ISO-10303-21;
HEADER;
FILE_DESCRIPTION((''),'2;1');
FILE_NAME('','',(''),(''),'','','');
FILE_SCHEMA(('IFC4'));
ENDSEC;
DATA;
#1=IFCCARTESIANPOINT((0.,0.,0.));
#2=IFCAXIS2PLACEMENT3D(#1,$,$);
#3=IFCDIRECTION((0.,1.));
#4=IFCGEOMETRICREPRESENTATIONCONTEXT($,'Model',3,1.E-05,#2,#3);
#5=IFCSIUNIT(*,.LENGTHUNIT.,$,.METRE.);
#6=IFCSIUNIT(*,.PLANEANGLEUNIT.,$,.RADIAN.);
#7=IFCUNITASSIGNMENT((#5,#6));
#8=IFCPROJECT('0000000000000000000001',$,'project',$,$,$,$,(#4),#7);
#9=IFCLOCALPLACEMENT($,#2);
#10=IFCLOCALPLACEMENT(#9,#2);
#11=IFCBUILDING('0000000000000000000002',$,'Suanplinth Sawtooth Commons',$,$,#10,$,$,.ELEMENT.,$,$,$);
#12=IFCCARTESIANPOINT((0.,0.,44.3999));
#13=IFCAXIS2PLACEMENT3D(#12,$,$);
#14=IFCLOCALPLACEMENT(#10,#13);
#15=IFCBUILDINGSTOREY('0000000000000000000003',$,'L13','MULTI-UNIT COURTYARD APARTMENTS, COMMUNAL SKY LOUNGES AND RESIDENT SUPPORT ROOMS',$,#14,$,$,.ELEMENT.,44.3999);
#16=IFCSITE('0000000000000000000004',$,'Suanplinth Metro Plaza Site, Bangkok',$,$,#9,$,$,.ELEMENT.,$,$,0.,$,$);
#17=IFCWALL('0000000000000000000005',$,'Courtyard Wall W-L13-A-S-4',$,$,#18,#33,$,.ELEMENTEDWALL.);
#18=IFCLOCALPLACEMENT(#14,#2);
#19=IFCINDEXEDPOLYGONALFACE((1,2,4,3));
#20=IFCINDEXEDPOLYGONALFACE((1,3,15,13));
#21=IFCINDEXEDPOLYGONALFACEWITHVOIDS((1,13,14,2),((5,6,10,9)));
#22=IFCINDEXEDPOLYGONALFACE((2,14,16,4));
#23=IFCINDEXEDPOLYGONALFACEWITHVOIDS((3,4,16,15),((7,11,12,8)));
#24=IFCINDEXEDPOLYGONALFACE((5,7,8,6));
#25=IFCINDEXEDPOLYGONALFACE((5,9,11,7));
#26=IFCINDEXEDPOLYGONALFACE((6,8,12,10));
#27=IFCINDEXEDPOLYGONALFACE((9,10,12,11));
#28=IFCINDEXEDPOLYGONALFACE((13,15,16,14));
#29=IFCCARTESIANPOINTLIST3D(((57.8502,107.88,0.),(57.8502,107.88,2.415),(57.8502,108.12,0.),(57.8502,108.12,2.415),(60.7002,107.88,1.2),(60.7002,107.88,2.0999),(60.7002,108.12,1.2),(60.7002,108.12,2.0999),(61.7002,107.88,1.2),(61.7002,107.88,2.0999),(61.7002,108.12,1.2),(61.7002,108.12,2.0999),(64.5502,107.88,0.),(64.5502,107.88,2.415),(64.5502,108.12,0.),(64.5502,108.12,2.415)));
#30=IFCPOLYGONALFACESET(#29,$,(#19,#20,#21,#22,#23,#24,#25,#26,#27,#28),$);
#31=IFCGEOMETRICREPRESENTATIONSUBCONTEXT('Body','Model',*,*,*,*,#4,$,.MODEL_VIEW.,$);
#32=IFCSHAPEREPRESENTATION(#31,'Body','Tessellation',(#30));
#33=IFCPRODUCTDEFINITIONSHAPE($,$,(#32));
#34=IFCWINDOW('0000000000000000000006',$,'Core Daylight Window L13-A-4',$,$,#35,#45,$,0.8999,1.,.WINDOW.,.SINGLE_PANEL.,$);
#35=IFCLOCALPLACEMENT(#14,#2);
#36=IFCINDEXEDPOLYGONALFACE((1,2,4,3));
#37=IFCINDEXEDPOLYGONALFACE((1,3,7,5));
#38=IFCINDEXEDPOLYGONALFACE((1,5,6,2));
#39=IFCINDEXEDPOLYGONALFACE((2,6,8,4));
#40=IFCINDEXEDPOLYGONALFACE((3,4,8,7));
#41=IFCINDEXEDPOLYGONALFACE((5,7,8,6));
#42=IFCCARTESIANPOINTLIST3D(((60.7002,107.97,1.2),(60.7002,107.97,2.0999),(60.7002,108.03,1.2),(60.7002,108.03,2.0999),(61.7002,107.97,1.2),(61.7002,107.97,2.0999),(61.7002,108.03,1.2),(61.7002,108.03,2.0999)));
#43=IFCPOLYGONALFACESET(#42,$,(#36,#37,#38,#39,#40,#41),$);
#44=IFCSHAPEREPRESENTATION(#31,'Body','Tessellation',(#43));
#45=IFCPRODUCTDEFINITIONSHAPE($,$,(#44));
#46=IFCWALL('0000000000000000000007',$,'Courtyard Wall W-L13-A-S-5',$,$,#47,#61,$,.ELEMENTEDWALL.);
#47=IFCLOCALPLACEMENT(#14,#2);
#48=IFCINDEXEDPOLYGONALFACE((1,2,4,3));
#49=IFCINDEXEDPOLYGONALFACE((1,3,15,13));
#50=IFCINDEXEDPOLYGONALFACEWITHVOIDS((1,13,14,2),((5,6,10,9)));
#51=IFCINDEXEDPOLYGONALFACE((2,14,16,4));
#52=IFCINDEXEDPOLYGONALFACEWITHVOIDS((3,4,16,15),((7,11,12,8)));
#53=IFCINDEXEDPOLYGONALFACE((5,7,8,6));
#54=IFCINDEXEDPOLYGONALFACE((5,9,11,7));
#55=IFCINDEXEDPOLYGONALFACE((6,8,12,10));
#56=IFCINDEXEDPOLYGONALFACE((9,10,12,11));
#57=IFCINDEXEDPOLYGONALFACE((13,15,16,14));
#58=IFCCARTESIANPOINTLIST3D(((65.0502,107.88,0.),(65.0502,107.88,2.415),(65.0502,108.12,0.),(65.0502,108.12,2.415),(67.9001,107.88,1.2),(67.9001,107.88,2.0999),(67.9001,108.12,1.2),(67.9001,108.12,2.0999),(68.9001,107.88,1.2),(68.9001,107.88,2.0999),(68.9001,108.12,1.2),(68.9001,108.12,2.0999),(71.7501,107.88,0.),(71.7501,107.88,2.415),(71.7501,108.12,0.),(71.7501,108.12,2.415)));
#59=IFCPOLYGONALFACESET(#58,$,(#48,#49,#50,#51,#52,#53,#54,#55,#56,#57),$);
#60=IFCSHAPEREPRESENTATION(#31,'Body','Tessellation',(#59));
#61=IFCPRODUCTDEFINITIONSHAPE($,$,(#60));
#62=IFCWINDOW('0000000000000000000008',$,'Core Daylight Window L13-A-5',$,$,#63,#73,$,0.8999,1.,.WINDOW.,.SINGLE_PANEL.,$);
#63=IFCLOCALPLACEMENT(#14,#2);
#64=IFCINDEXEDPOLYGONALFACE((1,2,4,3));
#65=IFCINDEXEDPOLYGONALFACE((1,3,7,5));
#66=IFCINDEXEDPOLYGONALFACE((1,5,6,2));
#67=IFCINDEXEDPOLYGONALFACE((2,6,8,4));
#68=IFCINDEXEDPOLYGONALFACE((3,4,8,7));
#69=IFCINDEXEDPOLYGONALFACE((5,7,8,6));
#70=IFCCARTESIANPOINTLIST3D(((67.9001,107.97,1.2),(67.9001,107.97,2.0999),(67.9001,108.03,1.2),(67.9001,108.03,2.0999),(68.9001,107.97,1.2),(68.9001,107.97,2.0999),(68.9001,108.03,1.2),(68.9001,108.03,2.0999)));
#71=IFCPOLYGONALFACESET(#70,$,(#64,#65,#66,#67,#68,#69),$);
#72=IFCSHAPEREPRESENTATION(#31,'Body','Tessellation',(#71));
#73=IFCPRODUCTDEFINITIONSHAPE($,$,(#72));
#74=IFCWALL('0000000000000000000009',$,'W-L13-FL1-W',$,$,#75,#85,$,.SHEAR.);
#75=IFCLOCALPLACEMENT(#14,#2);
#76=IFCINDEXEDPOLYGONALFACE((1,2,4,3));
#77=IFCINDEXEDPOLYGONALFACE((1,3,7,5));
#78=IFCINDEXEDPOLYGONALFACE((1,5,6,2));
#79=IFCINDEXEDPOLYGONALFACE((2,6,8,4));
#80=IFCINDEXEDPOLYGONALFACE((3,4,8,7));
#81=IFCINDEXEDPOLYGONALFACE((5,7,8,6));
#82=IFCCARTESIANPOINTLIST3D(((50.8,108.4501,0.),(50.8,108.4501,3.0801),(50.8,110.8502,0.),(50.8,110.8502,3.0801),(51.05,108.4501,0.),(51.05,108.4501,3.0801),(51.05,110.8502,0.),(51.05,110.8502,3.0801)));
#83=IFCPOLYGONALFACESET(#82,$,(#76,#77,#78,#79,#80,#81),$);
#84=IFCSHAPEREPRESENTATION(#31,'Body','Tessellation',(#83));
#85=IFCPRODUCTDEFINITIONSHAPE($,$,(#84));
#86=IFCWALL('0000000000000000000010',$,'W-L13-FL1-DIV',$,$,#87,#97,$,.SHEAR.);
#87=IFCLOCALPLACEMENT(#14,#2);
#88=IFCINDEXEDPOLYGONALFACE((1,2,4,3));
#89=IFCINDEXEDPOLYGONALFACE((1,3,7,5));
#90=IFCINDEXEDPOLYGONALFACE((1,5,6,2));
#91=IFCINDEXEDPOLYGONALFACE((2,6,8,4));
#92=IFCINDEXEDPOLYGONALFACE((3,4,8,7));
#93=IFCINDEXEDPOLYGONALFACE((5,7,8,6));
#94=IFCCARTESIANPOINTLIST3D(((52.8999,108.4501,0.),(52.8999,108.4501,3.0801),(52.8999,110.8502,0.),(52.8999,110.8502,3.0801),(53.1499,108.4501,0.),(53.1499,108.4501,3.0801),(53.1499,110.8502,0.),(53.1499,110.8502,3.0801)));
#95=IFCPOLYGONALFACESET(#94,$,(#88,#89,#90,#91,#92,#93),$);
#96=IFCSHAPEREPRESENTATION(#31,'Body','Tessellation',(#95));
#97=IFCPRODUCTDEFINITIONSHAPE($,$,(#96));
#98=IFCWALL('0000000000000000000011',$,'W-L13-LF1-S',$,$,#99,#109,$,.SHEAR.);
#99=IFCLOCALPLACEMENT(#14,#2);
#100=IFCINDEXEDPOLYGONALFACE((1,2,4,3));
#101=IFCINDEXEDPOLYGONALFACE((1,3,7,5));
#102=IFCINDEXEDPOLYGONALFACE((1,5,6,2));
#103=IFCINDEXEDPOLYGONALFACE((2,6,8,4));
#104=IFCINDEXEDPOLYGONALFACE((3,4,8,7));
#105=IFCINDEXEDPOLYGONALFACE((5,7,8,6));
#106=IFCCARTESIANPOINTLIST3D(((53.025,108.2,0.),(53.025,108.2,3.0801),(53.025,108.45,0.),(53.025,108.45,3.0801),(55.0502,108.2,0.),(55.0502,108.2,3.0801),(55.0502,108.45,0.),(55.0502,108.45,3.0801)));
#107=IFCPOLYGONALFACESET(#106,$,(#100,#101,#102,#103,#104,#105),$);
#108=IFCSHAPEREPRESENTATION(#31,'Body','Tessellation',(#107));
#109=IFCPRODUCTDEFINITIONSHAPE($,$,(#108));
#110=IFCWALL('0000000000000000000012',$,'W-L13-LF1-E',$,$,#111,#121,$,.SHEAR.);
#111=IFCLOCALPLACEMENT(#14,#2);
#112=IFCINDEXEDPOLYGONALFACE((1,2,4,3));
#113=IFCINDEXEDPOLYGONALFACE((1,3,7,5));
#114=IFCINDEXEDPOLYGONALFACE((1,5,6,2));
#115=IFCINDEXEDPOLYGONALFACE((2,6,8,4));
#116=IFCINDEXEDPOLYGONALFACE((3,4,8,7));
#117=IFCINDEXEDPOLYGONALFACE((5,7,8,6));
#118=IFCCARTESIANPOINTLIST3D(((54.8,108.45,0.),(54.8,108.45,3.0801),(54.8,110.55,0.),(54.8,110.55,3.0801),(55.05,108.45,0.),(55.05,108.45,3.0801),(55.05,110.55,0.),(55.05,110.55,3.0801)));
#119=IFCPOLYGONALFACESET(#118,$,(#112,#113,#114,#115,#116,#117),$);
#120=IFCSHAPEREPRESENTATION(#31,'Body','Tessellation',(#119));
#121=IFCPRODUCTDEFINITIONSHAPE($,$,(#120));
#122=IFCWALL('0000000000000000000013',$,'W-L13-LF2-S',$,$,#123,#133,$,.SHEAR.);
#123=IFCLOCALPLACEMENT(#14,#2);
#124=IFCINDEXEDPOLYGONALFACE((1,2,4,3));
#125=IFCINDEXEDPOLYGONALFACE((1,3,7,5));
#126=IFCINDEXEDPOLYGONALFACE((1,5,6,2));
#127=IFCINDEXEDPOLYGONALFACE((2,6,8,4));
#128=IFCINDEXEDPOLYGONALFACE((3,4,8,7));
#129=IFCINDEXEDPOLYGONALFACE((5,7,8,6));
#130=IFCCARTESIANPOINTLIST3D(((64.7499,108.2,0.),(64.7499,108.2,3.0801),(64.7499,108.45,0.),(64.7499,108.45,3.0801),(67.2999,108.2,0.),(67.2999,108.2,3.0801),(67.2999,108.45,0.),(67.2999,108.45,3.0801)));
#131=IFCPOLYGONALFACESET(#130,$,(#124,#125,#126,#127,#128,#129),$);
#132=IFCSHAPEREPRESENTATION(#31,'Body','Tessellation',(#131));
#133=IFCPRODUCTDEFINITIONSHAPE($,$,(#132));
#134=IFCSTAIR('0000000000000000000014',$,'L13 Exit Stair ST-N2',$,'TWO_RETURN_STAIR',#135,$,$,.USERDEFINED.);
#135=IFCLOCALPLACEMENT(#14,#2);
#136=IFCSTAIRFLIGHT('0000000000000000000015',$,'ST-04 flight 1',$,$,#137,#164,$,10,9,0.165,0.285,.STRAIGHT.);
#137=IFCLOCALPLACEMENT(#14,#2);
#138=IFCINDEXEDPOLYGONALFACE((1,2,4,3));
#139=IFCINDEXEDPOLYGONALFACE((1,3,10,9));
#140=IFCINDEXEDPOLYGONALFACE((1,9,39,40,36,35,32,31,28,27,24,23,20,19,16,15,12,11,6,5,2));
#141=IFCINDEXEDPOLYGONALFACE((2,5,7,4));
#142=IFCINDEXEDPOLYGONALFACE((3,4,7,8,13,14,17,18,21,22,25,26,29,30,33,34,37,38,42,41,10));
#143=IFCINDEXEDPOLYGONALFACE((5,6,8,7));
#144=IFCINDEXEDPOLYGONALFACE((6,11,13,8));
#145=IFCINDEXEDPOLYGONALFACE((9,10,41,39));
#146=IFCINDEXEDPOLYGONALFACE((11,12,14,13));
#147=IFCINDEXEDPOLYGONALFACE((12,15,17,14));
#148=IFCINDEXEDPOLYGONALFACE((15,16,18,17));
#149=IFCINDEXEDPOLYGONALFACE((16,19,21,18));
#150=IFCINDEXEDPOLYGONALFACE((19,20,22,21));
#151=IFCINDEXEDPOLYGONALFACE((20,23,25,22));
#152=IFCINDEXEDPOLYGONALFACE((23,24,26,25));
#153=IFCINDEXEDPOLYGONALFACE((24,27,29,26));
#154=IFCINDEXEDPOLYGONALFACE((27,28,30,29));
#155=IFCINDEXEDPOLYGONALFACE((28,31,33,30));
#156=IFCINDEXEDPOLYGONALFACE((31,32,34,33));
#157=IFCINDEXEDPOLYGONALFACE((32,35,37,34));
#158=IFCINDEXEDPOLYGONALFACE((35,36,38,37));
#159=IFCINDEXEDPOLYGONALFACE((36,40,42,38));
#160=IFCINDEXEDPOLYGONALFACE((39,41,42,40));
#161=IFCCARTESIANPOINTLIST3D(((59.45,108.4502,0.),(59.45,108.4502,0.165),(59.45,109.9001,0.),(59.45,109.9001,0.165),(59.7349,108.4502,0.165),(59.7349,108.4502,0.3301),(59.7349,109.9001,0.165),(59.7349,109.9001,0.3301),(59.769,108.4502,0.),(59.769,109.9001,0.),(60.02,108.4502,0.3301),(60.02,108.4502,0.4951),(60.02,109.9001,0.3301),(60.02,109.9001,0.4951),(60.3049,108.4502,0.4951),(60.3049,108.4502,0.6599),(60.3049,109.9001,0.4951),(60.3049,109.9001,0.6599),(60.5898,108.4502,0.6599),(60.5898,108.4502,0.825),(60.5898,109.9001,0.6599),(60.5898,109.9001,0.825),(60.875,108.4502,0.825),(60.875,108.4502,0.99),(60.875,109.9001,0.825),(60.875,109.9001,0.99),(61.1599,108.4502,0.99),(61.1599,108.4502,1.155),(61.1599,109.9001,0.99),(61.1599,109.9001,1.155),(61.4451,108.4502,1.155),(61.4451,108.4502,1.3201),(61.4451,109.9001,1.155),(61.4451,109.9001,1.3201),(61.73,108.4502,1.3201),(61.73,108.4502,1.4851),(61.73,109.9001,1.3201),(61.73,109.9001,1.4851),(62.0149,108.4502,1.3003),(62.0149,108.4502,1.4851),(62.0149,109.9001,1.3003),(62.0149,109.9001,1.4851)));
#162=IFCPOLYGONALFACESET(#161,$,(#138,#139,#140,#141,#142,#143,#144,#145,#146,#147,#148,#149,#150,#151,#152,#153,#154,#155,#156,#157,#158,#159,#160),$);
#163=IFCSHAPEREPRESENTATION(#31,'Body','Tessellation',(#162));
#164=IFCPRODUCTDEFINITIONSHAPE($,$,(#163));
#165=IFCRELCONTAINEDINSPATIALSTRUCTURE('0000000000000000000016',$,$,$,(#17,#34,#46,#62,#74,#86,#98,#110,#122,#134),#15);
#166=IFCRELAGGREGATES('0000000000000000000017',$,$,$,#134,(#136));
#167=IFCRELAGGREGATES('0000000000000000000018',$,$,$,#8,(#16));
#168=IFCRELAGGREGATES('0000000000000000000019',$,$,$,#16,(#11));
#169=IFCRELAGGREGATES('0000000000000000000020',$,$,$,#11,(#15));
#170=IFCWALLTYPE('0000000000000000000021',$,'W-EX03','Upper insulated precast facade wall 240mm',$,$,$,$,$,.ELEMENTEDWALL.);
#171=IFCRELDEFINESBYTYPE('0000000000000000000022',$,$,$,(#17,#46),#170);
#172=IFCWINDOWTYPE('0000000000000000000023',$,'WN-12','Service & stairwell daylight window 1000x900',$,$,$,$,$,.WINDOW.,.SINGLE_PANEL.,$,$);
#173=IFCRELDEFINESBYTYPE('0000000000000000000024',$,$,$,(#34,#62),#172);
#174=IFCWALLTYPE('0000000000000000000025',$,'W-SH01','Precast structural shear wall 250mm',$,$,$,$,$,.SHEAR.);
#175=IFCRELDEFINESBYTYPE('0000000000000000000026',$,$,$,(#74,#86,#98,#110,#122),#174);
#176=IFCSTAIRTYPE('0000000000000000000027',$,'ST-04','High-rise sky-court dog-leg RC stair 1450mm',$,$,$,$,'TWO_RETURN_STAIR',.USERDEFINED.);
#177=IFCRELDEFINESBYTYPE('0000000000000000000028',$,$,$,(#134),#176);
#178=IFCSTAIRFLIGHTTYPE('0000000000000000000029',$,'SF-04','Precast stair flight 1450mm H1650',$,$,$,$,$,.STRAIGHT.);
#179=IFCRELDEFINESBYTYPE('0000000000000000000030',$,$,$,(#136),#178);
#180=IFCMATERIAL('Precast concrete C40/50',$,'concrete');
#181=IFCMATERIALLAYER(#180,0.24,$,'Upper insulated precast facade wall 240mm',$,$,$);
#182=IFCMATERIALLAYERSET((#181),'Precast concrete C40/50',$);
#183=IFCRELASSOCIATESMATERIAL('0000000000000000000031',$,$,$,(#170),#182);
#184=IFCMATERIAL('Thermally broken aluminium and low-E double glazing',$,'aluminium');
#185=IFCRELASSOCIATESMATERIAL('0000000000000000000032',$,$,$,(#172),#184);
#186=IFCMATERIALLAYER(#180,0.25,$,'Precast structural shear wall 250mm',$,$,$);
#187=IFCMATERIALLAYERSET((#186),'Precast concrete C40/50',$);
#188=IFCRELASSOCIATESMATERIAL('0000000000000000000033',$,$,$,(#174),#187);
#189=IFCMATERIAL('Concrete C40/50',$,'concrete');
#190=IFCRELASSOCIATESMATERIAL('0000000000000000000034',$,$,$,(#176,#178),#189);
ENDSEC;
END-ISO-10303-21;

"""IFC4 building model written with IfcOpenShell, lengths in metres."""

from ifc_helpers import new_model, si_unit, direction, frame, frame_2d, origin, place, context, subcontext, project, spatial, polyline, rectangle, outline, extrude, material, layer, layer_set, type_object, element, fill, aggregate, save


model = new_model("IFC4")

# Units and contexts
model_context = context("Model", 3, precision=1e-05, world=origin(), true_north=direction((0.0, 1.0)))
body_context = subcontext(model_context, "Body", "Model", "MODEL_VIEW")
ifc_project = project(units=[si_unit("LENGTHUNIT", "METRE"), si_unit("PLANEANGLEUNIT", "RADIAN")], contexts=[model_context])

# Site, building, storey
site_placement = place(None, origin())
site = spatial("IfcSite", under=ifc_project, at=site_placement, Name="Suanplinth Metro Plaza Site, Bangkok", CompositionType="ELEMENT", RefElevation=0.0)
building_placement = place(site_placement, origin())
building = spatial("IfcBuilding", under=site, at=building_placement, Name="Suanplinth Sawtooth Commons", CompositionType="ELEMENT")
storey_placement = place(building_placement, frame((0.0, 0.0, 44.3999)))
storey = spatial("IfcBuildingStorey", under=building, at=storey_placement, Name="L13", Description="MULTI-UNIT COURTYARD APARTMENTS, COMMUNAL SKY LOUNGES AND RESIDENT SUPPORT ROOMS", CompositionType="ELEMENT", Elevation=44.3999)

# Shared definitions
ifc_material_1 = material(Name="Precast concrete C40/50", Category="concrete")

# Shared definitions
ifc_material_2 = material(Name="Concrete C40/50", Category="concrete")

# Walls, openings, windows
ifc_layer_1 = layer(ifc_material_1, 0.24, Name="Upper insulated precast facade wall 240mm")
ifc_layer_set_1 = layer_set([ifc_layer_1], Name="Precast concrete C40/50")
wall_type_1 = type_object("IfcWallType", Name="W-EX03", Description="Upper insulated precast facade wall 240mm", PredefinedType="ELEMENTEDWALL", material=ifc_layer_set_1)
ifc_material_3 = material(Name="Thermally broken aluminium and low-E double glazing", Category="aluminium")
window_type = type_object("IfcWindowType", Name="WN-12", Description="Service & stairwell daylight window 1000x900", PartitioningType="SINGLE_PANEL", PredefinedType="WINDOW", material=ifc_material_3)
wall_1_placement = place(storey_placement, frame((57.8501, 108.0, 0.0), z_axis=(0.0, 0.0, 1.0), x_axis=(1.0, 0.0, 0.0)))
wall_1 = element("IfcWall", 1, at=wall_1_placement, inside=storey, type_object=wall_type_1, Name="Courtyard Wall W-L13-A-S-4", PredefinedType="ELEMENTEDWALL", context=body_context, shape_type="SweptSolid", body=[
    extrude(rectangle(XDim=6.7, YDim=0.24, at=frame_2d((3.3501, 0.0))), origin(), (0.0, 0.0, 1.0), 2.415),
])
opening_1_placement = place(wall_1_placement, frame((2.8501, 0.0, 1.2)))
opening_1 = element("IfcOpeningElement", 2, at=opening_1_placement, cuts=wall_1, PredefinedType="OPENING", context=body_context, shape_type="SweptSolid", body=[
    extrude(rectangle(XDim=1.0, YDim=0.8999, at=frame_2d((0.5, 0.45))), frame((0.0, 0.1348, 0.0), z_axis=(0.0, -1.0, 0.0), x_axis=(1.0, 0.0, 0.0)), (0.0, 0.0, 1.0), 0.2698),
])
window_1_placement = place(opening_1_placement, origin())
window_1 = element("IfcWindow", 3, at=window_1_placement, inside=storey, type_object=window_type, Name="Core Daylight Window L13-A-4", OverallHeight=0.8999, OverallWidth=1.0, PartitioningType="SINGLE_PANEL", PredefinedType="WINDOW", context=body_context, shape_type="SweptSolid", body=[
    extrude(rectangle(XDim=1.0, YDim=0.8999, at=frame_2d((0.5, 0.45))), frame((0.0, 0.03, 0.0), z_axis=(0.0, -1.0, 0.0), x_axis=(1.0, 0.0, 0.0)), (0.0, 0.0, 1.0), 0.0601),
])
fill(opening_1, window_1)
wall_2_placement = place(storey_placement, frame((65.05, 108.0, 0.0), z_axis=(0.0, 0.0, 1.0), x_axis=(1.0, 0.0, 0.0)))
wall_2 = element("IfcWall", 4, at=wall_2_placement, inside=storey, type_object=wall_type_1, Name="Courtyard Wall W-L13-A-S-5", PredefinedType="ELEMENTEDWALL", context=body_context, shape_type="SweptSolid", body=[
    extrude(rectangle(XDim=6.7, YDim=0.24, at=frame_2d((3.3501, 0.0))), origin(), (0.0, 0.0, 1.0), 2.415),
])
opening_2_placement = place(wall_2_placement, frame((2.8501, 0.0, 1.2)))
opening_2 = element("IfcOpeningElement", 5, at=opening_2_placement, cuts=wall_2, PredefinedType="OPENING", context=body_context, shape_type="SweptSolid", body=[
    extrude(rectangle(XDim=1.0, YDim=0.8999, at=frame_2d((0.5, 0.45))), frame((0.0, 0.1348, 0.0), z_axis=(0.0, -1.0, 0.0), x_axis=(1.0, 0.0, 0.0)), (0.0, 0.0, 1.0), 0.2698),
])
window_2_placement = place(opening_2_placement, origin())
window_2 = element("IfcWindow", 6, at=window_2_placement, inside=storey, type_object=window_type, Name="Core Daylight Window L13-A-5", OverallHeight=0.8999, OverallWidth=1.0, PartitioningType="SINGLE_PANEL", PredefinedType="WINDOW", context=body_context, shape_type="SweptSolid", body=[
    extrude(rectangle(XDim=1.0, YDim=0.8999, at=frame_2d((0.5, 0.45))), frame((0.0, 0.03, 0.0), z_axis=(0.0, -1.0, 0.0), x_axis=(1.0, 0.0, 0.0)), (0.0, 0.0, 1.0), 0.0601),
])
fill(opening_2, window_2)

# Walls
ifc_layer_2 = layer(ifc_material_1, 0.25, Name="Precast structural shear wall 250mm")
ifc_layer_set_2 = layer_set([ifc_layer_2], Name="Precast concrete C40/50")
wall_type_2 = type_object("IfcWallType", Name="W-SH01", Description="Precast structural shear wall 250mm", PredefinedType="SHEAR", material=ifc_layer_set_2)
for number, where, z_axis, x_axis, name in (
    (7, (50.925, 108.45, 0.0), (0.0, 0.0, 1.0), (0.0, 1.0, 0.0), "W-L13-FL1-W"),
    (8, (53.0249, 108.45, 0.0), (0.0, 0.0, 1.0), (0.0, 1.0, 0.0), "W-L13-FL1-DIV"),
):
    element("IfcWall", number, at=place(storey_placement, frame(where, z_axis=z_axis, x_axis=x_axis)), inside=storey, type_object=wall_type_2, Name=name, PredefinedType="SHEAR", context=body_context, shape_type="SweptSolid", body=[
        extrude(rectangle(XDim=2.4001, YDim=0.25, at=frame_2d((1.2002, 0.0))), origin(), (0.0, 0.0, 1.0), 3.0801),
    ])
wall_3_placement = place(storey_placement, frame((53.0249, 108.325, 0.0), z_axis=(0.0, 0.0, 1.0), x_axis=(1.0, 0.0, 0.0)))
element("IfcWall", 9, at=wall_3_placement, inside=storey, type_object=wall_type_2, Name="W-L13-LF1-S", PredefinedType="SHEAR", context=body_context, shape_type="SweptSolid", body=[
    extrude(rectangle(XDim=2.0251, YDim=0.25, at=frame_2d((1.0127, 0.0))), origin(), (0.0, 0.0, 1.0), 3.0801),
])

# Walls
wall_4_placement = place(storey_placement, frame((54.925, 108.45, 0.0), z_axis=(0.0, 0.0, 1.0), x_axis=(0.0, 1.0, 0.0)))
element("IfcWall", 10, at=wall_4_placement, inside=storey, type_object=wall_type_2, Name="W-L13-LF1-E", PredefinedType="SHEAR", context=body_context, shape_type="SweptSolid", body=[
    extrude(rectangle(XDim=2.1001, YDim=0.25, at=frame_2d((1.05, 0.0))), origin(), (0.0, 0.0, 1.0), 3.0801),
])
wall_5_placement = place(storey_placement, frame((64.75, 108.325, 0.0), z_axis=(0.0, 0.0, 1.0), x_axis=(1.0, 0.0, 0.0)))
element("IfcWall", 11, at=wall_5_placement, inside=storey, type_object=wall_type_2, Name="W-L13-LF2-S", PredefinedType="SHEAR", context=body_context, shape_type="SweptSolid", body=[
    extrude(rectangle(XDim=2.55, YDim=0.25, at=frame_2d((1.2749, 0.0))), origin(), (0.0, 0.0, 1.0), 3.0801),
])

# Stair, stair flight
stair_type = type_object("IfcStairType", Name="ST-04", Description="High-rise sky-court dog-leg RC stair 1450mm", ElementType="TWO_RETURN_STAIR", PredefinedType="USERDEFINED", material=ifc_material_2)
stair_placement = place(storey_placement, origin())
stair = element("IfcStair", 12, at=stair_placement, inside=storey, type_object=stair_type, Name="L13 Exit Stair ST-N2", ObjectType="TWO_RETURN_STAIR", PredefinedType="USERDEFINED")
stair_flight_type = type_object("IfcStairFlightType", Name="SF-04", Description="Precast stair flight 1450mm H1650", PredefinedType="STRAIGHT", material=ifc_material_2)
stair_flight_placement = place(storey_placement, frame((59.45, 109.175, 0.0), z_axis=(0.0, 0.0, 1.0), x_axis=(1.0, 0.0, 0.0)))
stair_flight = element("IfcStairFlight", 13, at=stair_flight_placement, type_object=stair_flight_type, Name="ST-04 flight 1", NumberOfRisers=10, NumberOfTreads=9, PredefinedType="STRAIGHT", RiserHeight=0.165, TreadLength=0.285, context=body_context, shape_type="SweptSolid", body=[
    extrude(outline(polyline([(0.0, 0.0), (0.0, 0.165), (0.2849, 0.165), (0.2849, 0.3301), (0.5701, 0.3301), (0.5701, 0.4951), (0.855, 0.4951), (0.855, 0.6599), (1.1399, 0.6599), (1.1399, 0.825), (1.425, 0.825), (1.425, 0.99), (1.71, 0.99), (1.71, 1.155), (1.9951, 1.155), (1.9951, 1.3201), (2.28, 1.3201), (2.28, 1.4851), (2.5649, 1.4851), (2.5649, 1.6499), (2.5649, 1.3003), (0.3191, 0.0), (0.0, 0.0)])), frame((0.0, 0.7251, 0.0), z_axis=(0.0, -1.0, 0.0), x_axis=(1.0, 0.0, 0.0)), (0.0, 0.0, 1.0), 1.45),
])
aggregate(stair, [stair_flight])

save(model, "model.ifc")
